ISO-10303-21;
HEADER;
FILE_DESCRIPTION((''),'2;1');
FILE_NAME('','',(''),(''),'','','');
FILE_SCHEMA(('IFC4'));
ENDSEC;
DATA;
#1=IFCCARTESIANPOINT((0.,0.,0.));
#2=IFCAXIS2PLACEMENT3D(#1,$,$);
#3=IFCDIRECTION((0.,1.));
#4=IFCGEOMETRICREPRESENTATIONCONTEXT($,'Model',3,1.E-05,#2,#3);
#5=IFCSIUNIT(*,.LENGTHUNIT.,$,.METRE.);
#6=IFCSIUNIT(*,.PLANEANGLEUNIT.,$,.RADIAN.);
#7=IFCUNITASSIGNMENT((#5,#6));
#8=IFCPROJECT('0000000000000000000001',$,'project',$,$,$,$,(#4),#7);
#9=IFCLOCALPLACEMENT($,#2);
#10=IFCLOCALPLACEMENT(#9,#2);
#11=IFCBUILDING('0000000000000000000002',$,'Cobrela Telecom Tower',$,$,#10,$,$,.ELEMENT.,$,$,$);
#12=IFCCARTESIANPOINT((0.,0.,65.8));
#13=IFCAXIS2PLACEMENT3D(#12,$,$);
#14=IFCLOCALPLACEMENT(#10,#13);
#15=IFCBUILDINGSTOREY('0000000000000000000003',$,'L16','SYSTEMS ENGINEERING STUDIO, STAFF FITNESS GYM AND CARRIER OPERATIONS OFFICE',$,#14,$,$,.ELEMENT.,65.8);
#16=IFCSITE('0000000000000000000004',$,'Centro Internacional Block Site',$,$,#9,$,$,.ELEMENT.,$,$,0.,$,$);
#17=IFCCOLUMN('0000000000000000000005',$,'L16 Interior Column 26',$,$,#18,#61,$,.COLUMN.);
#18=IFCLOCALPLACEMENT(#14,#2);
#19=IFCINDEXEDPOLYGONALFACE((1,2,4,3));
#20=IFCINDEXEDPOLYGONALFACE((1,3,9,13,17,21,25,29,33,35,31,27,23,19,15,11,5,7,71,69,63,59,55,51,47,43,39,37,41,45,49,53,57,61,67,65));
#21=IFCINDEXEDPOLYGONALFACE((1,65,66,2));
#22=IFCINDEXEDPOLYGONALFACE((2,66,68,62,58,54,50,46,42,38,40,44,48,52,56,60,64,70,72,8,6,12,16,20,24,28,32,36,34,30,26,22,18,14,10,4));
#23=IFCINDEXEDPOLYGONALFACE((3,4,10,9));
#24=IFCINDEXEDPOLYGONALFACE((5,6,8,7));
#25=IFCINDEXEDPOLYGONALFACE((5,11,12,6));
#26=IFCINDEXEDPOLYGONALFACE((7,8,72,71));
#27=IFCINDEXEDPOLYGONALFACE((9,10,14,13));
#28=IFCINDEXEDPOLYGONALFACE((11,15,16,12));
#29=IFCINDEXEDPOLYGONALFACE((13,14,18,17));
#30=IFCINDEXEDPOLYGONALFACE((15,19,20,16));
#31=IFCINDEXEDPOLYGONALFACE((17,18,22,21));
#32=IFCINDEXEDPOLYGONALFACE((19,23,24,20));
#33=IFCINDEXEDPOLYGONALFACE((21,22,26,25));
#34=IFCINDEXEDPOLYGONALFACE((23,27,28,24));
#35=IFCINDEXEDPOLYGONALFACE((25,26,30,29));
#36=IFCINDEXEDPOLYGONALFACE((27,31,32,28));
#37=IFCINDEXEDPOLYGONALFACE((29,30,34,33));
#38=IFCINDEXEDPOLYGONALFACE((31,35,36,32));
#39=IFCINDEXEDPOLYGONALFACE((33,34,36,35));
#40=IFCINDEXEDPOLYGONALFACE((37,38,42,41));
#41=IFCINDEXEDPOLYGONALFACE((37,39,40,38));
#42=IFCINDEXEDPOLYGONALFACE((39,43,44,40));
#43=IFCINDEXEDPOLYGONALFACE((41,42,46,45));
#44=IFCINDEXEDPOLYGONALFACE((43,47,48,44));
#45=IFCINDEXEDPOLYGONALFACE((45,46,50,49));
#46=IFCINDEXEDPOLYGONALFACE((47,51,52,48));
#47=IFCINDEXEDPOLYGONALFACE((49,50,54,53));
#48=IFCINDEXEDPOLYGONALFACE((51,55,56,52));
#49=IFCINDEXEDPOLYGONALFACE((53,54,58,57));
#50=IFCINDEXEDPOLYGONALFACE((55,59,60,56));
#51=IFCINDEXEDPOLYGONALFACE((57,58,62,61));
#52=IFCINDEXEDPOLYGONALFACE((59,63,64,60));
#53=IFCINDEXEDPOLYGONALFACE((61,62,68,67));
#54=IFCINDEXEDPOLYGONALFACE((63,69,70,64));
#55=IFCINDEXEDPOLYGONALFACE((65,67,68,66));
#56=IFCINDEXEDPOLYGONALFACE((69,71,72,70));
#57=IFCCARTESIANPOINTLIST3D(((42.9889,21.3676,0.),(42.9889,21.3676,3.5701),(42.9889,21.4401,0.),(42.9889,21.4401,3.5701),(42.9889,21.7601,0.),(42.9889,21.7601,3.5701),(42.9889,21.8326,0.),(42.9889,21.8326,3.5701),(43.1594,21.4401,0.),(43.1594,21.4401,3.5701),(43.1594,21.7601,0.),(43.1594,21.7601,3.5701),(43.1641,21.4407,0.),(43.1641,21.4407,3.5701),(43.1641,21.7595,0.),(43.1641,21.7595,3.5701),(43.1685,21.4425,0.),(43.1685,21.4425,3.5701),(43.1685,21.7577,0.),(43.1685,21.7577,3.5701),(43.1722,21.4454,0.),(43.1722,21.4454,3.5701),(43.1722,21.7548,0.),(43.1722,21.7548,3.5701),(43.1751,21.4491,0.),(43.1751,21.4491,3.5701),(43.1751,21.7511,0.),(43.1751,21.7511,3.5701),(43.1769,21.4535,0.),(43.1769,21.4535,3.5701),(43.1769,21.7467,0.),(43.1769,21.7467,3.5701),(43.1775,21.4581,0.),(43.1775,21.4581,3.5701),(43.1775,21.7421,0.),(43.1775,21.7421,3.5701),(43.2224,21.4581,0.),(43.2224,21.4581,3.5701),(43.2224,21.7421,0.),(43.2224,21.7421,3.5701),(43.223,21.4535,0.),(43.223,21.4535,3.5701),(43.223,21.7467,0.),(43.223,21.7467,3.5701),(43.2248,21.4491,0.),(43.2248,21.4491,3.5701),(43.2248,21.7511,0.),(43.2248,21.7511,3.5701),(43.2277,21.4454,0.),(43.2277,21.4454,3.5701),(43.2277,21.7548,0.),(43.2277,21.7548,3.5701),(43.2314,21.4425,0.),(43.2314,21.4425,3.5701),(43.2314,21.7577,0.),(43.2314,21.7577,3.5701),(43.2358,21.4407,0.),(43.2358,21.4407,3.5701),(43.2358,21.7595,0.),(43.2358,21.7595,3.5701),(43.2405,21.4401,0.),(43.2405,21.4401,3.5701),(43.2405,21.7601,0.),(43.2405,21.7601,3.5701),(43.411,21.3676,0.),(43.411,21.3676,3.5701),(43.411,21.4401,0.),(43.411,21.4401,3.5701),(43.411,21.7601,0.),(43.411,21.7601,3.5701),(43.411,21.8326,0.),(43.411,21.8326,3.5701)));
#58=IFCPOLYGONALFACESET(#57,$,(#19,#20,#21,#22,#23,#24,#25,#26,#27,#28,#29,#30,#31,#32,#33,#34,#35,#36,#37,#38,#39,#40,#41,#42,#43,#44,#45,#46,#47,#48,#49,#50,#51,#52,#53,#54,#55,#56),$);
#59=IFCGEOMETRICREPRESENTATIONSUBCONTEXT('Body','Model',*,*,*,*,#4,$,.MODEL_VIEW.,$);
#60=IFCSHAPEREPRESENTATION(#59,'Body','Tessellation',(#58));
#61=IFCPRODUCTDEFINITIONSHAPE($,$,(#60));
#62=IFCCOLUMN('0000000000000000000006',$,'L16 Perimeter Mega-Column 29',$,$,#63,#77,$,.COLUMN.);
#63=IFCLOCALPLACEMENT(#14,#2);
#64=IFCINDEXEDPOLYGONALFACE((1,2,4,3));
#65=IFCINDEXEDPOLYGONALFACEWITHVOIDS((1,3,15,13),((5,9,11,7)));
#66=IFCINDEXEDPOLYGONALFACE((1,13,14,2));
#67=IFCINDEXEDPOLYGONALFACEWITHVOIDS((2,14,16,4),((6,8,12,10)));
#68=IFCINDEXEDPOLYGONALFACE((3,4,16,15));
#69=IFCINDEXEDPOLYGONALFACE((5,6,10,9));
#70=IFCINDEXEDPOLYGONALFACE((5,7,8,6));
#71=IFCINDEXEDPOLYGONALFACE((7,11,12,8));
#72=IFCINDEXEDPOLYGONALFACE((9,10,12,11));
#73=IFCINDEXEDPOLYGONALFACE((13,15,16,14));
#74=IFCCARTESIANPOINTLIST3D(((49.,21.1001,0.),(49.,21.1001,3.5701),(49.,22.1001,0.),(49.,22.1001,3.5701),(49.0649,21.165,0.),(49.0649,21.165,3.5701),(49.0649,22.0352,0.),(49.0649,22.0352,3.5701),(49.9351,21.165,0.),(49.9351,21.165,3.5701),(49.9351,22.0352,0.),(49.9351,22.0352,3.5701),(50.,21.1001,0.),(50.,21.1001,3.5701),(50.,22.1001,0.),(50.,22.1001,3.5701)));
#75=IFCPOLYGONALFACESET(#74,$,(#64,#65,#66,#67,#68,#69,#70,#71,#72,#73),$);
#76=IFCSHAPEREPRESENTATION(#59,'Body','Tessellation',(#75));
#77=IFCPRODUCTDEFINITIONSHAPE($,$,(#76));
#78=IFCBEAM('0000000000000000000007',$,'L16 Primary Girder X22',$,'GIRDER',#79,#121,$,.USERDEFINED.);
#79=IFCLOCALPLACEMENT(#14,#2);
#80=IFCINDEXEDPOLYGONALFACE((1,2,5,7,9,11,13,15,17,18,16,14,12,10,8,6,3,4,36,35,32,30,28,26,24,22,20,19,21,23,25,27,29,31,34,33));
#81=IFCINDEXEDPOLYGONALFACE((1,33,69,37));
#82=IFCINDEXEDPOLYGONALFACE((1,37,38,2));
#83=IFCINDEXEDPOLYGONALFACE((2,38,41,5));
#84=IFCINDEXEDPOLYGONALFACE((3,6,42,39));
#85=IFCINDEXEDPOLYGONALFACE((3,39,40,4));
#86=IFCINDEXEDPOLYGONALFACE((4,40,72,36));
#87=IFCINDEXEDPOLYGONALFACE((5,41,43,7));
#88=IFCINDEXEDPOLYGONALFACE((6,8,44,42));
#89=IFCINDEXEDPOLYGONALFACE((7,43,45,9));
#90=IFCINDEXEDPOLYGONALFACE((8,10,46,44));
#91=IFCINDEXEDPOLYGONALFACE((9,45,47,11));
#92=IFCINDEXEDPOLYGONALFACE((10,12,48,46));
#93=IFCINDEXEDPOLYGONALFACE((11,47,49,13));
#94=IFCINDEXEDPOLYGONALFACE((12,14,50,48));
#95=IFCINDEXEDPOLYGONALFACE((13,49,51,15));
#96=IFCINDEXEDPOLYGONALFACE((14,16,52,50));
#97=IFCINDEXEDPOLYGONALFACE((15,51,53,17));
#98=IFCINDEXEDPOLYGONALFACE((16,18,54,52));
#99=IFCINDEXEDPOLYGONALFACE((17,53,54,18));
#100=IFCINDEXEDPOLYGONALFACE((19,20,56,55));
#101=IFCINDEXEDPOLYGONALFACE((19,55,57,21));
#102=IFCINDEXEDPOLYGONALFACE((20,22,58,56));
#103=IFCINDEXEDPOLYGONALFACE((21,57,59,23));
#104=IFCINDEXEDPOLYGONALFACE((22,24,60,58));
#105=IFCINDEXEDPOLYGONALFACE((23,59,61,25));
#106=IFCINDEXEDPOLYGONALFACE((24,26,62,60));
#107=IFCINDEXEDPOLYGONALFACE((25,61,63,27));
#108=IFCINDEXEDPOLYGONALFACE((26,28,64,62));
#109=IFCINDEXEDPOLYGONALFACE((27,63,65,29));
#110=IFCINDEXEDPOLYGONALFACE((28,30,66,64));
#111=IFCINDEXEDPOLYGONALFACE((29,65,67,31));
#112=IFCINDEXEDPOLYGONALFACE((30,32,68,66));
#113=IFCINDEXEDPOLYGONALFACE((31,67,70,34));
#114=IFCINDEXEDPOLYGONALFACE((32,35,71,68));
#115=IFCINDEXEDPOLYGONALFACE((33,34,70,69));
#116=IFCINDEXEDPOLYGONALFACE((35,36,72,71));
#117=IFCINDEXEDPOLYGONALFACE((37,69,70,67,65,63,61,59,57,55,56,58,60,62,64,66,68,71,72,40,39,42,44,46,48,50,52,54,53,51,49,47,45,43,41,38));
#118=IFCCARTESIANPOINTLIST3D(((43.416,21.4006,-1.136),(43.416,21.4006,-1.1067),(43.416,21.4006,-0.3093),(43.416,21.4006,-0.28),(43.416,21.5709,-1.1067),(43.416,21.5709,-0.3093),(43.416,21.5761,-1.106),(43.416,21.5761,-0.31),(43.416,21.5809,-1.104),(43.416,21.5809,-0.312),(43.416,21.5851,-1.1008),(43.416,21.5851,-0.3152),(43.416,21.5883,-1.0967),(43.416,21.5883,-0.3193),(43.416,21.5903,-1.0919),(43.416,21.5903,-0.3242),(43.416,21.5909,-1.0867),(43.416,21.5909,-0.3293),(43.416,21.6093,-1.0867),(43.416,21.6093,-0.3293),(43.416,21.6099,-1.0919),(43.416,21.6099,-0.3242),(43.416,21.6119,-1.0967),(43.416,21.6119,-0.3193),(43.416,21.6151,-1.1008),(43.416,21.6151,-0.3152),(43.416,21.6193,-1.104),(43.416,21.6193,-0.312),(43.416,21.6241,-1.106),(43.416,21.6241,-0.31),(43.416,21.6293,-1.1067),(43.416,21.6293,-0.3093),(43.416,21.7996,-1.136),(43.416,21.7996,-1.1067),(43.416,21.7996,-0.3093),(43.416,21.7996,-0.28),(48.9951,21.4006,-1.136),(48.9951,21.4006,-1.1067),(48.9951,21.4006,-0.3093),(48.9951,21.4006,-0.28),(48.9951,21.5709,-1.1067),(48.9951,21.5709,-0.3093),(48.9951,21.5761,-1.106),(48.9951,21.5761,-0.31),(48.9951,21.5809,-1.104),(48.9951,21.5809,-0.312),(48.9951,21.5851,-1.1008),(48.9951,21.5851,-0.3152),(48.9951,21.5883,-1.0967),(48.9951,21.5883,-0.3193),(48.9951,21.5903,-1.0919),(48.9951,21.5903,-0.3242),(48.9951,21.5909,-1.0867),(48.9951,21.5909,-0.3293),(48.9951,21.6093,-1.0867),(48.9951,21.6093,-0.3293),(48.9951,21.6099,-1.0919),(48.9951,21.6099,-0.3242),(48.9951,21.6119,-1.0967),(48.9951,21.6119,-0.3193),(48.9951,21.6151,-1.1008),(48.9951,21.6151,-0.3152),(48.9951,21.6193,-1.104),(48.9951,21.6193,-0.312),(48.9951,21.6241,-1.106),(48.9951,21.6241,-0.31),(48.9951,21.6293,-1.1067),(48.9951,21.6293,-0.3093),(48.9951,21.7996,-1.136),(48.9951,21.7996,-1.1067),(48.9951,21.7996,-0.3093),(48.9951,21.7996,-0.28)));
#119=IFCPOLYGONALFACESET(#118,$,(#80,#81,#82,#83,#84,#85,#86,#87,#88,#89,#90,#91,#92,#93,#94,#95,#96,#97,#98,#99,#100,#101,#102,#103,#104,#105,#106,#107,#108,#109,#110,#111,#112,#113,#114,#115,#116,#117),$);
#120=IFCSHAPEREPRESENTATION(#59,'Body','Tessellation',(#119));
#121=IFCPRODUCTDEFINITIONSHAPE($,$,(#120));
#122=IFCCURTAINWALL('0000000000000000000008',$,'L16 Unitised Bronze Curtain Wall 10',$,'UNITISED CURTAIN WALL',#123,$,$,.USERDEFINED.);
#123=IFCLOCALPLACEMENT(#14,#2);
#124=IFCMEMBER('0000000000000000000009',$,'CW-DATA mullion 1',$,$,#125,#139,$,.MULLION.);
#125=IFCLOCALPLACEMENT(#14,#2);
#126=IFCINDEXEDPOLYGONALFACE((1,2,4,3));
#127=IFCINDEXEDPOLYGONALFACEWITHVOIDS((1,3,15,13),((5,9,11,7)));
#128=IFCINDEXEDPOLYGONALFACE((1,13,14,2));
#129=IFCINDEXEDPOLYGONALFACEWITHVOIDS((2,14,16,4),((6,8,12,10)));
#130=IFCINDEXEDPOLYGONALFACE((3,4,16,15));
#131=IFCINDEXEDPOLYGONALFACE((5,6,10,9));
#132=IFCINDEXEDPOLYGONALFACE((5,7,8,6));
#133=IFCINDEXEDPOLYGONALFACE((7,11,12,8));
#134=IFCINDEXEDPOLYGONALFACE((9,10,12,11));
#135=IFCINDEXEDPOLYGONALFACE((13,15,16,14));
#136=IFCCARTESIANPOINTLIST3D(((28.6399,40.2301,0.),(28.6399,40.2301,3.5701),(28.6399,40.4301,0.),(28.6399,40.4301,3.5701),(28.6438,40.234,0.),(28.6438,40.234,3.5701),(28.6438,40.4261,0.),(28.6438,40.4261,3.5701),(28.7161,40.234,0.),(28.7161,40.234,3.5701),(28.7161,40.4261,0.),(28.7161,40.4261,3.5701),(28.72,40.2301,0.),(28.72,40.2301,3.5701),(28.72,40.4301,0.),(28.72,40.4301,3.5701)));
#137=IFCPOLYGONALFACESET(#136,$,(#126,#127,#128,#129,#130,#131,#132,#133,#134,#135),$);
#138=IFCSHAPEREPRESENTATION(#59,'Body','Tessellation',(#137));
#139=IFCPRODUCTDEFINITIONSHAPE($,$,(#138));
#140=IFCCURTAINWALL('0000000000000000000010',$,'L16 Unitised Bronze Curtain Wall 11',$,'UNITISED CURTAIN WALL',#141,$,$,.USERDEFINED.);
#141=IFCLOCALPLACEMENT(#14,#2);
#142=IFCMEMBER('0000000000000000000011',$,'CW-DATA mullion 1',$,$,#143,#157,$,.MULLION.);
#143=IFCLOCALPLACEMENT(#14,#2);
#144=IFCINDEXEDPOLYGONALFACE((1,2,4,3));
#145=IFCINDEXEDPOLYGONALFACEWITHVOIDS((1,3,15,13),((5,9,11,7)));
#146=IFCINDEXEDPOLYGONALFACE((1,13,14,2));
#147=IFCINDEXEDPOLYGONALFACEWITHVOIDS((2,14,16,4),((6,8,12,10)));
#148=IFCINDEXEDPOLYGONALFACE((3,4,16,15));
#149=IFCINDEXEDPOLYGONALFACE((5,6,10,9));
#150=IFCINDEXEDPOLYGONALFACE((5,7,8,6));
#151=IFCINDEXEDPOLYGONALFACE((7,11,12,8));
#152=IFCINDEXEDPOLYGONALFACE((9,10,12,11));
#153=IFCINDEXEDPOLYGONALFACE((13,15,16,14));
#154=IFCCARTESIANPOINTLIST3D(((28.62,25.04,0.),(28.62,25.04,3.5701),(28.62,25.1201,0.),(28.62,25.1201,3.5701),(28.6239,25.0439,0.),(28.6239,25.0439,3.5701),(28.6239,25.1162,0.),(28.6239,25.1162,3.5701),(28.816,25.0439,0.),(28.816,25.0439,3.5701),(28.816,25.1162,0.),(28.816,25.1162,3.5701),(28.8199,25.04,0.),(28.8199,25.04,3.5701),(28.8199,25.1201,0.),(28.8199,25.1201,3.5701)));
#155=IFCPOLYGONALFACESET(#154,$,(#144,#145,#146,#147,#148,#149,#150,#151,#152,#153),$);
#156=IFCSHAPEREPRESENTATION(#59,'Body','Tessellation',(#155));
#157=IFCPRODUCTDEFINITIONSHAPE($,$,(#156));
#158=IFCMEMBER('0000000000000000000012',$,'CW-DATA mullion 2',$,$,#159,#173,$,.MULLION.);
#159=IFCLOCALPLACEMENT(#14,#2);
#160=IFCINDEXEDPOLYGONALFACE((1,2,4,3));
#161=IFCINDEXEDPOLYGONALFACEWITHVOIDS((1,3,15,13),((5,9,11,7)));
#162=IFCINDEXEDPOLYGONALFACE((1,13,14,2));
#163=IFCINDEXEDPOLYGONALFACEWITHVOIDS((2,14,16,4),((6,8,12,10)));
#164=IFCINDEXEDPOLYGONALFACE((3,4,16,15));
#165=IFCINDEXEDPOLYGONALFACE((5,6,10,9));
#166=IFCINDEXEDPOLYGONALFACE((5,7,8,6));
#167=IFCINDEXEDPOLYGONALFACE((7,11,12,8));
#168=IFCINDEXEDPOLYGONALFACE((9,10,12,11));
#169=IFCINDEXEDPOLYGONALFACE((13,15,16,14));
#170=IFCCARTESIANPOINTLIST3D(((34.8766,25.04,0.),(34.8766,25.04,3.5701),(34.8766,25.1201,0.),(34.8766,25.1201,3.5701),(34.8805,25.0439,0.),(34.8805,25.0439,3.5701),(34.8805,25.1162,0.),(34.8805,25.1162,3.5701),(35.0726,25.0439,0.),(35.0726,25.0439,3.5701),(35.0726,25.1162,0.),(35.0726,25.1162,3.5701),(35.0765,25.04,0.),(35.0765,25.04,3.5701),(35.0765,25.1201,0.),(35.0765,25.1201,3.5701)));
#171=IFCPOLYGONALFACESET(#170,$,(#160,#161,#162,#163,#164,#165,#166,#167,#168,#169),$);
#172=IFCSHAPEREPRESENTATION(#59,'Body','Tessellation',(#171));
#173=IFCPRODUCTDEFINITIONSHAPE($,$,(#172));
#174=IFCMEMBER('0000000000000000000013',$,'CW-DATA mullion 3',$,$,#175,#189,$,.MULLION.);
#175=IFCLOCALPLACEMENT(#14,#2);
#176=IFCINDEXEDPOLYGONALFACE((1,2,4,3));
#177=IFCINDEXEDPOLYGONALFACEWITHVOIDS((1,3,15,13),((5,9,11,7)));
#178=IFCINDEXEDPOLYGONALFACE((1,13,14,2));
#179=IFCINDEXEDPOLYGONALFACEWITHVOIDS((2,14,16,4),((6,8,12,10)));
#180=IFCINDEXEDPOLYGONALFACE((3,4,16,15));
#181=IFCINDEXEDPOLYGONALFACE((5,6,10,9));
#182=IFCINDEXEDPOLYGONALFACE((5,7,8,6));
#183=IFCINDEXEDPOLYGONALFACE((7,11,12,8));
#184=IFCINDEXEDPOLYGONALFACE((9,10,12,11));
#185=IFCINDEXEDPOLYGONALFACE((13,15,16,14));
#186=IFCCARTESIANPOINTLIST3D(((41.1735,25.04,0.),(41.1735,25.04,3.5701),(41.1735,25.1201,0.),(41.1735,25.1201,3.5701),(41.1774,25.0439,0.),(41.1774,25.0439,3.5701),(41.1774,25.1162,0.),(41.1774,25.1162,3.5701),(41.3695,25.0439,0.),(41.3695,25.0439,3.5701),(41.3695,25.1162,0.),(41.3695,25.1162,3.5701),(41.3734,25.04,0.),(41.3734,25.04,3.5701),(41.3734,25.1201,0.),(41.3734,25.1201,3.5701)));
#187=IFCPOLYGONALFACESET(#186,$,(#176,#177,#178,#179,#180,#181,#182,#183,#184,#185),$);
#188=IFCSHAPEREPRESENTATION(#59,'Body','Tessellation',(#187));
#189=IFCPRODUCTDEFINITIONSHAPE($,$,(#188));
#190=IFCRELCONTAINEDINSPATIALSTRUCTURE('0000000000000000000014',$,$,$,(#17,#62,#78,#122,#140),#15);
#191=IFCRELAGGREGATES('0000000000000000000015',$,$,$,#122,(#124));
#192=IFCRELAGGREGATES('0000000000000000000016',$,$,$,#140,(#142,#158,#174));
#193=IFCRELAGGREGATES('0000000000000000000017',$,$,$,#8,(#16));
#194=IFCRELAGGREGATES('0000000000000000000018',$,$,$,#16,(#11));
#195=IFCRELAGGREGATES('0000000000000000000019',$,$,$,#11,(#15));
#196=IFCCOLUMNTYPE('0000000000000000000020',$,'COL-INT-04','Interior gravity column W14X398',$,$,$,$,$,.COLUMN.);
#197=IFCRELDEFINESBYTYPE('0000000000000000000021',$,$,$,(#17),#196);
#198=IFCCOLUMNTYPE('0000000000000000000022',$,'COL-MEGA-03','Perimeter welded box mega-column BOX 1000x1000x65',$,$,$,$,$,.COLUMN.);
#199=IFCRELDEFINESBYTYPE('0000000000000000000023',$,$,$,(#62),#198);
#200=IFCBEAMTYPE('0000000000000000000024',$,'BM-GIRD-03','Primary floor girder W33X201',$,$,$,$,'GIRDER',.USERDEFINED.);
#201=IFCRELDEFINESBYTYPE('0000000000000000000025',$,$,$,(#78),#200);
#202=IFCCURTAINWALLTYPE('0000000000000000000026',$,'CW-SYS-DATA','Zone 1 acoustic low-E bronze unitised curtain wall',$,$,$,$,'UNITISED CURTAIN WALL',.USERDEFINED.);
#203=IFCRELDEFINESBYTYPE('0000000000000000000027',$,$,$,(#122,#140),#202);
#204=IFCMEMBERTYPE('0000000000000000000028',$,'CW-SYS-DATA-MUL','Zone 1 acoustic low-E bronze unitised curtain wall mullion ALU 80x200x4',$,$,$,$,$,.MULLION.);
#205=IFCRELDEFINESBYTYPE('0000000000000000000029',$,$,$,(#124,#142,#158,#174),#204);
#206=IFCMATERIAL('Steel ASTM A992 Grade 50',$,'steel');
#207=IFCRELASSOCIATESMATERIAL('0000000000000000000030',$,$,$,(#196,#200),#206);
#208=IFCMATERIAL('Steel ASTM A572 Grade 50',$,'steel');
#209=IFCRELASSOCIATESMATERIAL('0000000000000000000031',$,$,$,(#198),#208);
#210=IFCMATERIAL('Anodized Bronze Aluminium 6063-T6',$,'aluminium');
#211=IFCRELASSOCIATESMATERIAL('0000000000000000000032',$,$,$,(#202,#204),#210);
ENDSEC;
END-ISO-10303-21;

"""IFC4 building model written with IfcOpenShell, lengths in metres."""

from ifc_helpers import new_model, si_unit, direction, frame, origin, origin_2d, place, context, subcontext, project, spatial, hollow_rectangle, i_section, extrude, material, material_profile, profile_set, type_object, element, aggregate, save


model = new_model("IFC4")

# Units and contexts
model_context = context("Model", 3, precision=1e-05, world=origin(), true_north=direction((0.0, 1.0)))
body_context = subcontext(model_context, "Body", "Model", "MODEL_VIEW")
ifc_project = project(units=[si_unit("LENGTHUNIT", "METRE"), si_unit("PLANEANGLEUNIT", "RADIAN")], contexts=[model_context])

# Site, building, storey
site_placement = place(None, origin())
site = spatial("IfcSite", under=ifc_project, at=site_placement, Name="Centro Internacional Block Site", CompositionType="ELEMENT", RefElevation=0.0)
building_placement = place(site_placement, origin())
building = spatial("IfcBuilding", under=site, at=building_placement, Name="Cobrela Telecom Tower", CompositionType="ELEMENT")
storey_placement = place(building_placement, frame((0.0, 0.0, 65.8)))
storey = spatial("IfcBuildingStorey", under=building, at=storey_placement, Name="L16", Description="SYSTEMS ENGINEERING STUDIO, STAFF FITNESS GYM AND CARRIER OPERATIONS OFFICE", CompositionType="ELEMENT", Elevation=65.8)

# Columns
ifc_material_1 = material(Name="Steel ASTM A992 Grade 50", Category="steel")
ifc_material_profile_1 = material_profile(ifc_material_1, i_section(OverallWidth=0.4221, OverallDepth=0.4651, WebThickness=0.0449, FlangeThickness=0.0725, FilletRadius=0.0181, at=origin_2d()), Name="W14X398")
ifc_profile_set_1 = profile_set([ifc_material_profile_1], Name="Steel ASTM A992 Grade 50")
column_type_1 = type_object("IfcColumnType", Name="COL-INT-04", Description="Interior gravity column W14X398", PredefinedType="COLUMN", material=ifc_profile_set_1)
column_1_placement = place(storey_placement, frame((43.2, 21.6001, 0.0), z_axis=(0.0, 0.0, 1.0), x_axis=(1.0, 0.0, 0.0)))
element("IfcColumn", 1, at=column_1_placement, inside=storey, type_object=column_type_1, Name="L16 Interior Column 26", PredefinedType="COLUMN", context=body_context, shape_type="SweptSolid", body=[
    extrude(i_section(OverallWidth=0.4221, OverallDepth=0.4651, WebThickness=0.0449, FlangeThickness=0.0725, FilletRadius=0.0181, at=origin_2d()), origin(), (0.0, 0.0, 1.0), 3.5701),
])
ifc_material_2 = material(Name="Steel ASTM A572 Grade 50", Category="steel")
ifc_material_profile_2 = material_profile(ifc_material_2, hollow_rectangle(XDim=1.0, YDim=1.0, WallThickness=0.0649, at=origin_2d()), Name="BOX 1000x1000x65")
ifc_profile_set_2 = profile_set([ifc_material_profile_2], Name="Steel ASTM A572 Grade 50")
column_type_2 = type_object("IfcColumnType", Name="COL-MEGA-03", Description="Perimeter welded box mega-column BOX 1000x1000x65", PredefinedType="COLUMN", material=ifc_profile_set_2)
column_2_placement = place(storey_placement, frame((49.5, 21.6001, 0.0), z_axis=(0.0, 0.0, 1.0), x_axis=(1.0, 0.0, 0.0)))
element("IfcColumn", 2, at=column_2_placement, inside=storey, type_object=column_type_2, Name="L16 Perimeter Mega-Column 29", PredefinedType="COLUMN", context=body_context, shape_type="SweptSolid", body=[
    extrude(hollow_rectangle(XDim=1.0, YDim=1.0, WallThickness=0.0649, at=origin_2d()), origin(), (0.0, 0.0, 1.0), 3.5701),
])

# Beam
ifc_material_profile_3 = material_profile(ifc_material_1, i_section(OverallWidth=0.3989, OverallDepth=0.856, WebThickness=0.0183, FlangeThickness=0.0293, FilletRadius=0.02, at=origin_2d()), Name="W33X201")
ifc_profile_set_3 = profile_set([ifc_material_profile_3], Name="Steel ASTM A992 Grade 50")
beam_type = type_object("IfcBeamType", Name="BM-GIRD-03", Description="Primary floor girder W33X201", ElementType="GIRDER", PredefinedType="USERDEFINED", material=ifc_profile_set_3)
beam_placement = place(storey_placement, frame((43.416, 21.6001, -0.708), z_axis=(1.0, 0.0, 0.0), x_axis=(0.0, 1.0, 0.0)))
element("IfcBeam", 3, at=beam_placement, inside=storey, type_object=beam_type, Name="L16 Primary Girder X22", ObjectType="GIRDER", PredefinedType="USERDEFINED", context=body_context, shape_type="SweptSolid", body=[
    extrude(i_section(OverallWidth=0.3989, OverallDepth=0.856, WebThickness=0.0183, FlangeThickness=0.0293, FilletRadius=0.02, at=origin_2d()), origin(), (0.0, 0.0, 1.0), 5.5791),
])

# Curtain wall, member
ifc_material_3 = material(Name="Anodized Bronze Aluminium 6063-T6", Category="aluminium")
curtain_wall_type = type_object("IfcCurtainWallType", Name="CW-SYS-DATA", Description="Zone 1 acoustic low-E bronze unitised curtain wall", ElementType="UNITISED CURTAIN WALL", PredefinedType="USERDEFINED", material=ifc_material_3)
curtain_wall_1_placement = place(storey_placement, origin())
curtain_wall_1 = element("IfcCurtainWall", 4, at=curtain_wall_1_placement, inside=storey, type_object=curtain_wall_type, Name="L16 Unitised Bronze Curtain Wall 10", ObjectType="UNITISED CURTAIN WALL", PredefinedType="USERDEFINED")
ifc_material_profile_4 = material_profile(ifc_material_3, hollow_rectangle(XDim=0.0801, YDim=0.2, WallThickness=0.0039, at=origin_2d()), Name="ALU 80x200x4")
ifc_profile_set_4 = profile_set([ifc_material_profile_4], Name="Anodized Bronze Aluminium 6063-T6")
member_type_1 = type_object("IfcMemberType", Name="CW-SYS-DATA-MUL", Description="Zone 1 acoustic low-E bronze unitised curtain wall mullion ALU 80x200x4", PredefinedType="MULLION", material=ifc_profile_set_4)
member_1_placement = place(storey_placement, frame((28.6799, 40.3301, 0.0), z_axis=(0.0, 0.0, 1.0), x_axis=(1.0, 0.0, 0.0)))
member_1 = element("IfcMember", 5, at=member_1_placement, type_object=member_type_1, Name="CW-DATA mullion 1", PredefinedType="MULLION", context=body_context, shape_type="SweptSolid", body=[
    extrude(hollow_rectangle(XDim=0.0801, YDim=0.2, WallThickness=0.0039, at=origin_2d()), origin(), (0.0, 0.0, 1.0), 3.5701),
])
aggregate(curtain_wall_1, [member_1])

# Curtain wall, members
curtain_wall_2_placement = place(storey_placement, origin())
curtain_wall_2 = element("IfcCurtainWall", 6, at=curtain_wall_2_placement, inside=storey, type_object=curtain_wall_type, Name="L16 Unitised Bronze Curtain Wall 11", ObjectType="UNITISED CURTAIN WALL", PredefinedType="USERDEFINED")
member_2_placement = place(storey_placement, frame((28.72, 25.0801, 0.0), z_axis=(0.0, 0.0, 1.0), x_axis=(0.0, 1.0, 0.0)))
member_2 = element("IfcMember", 7, at=member_2_placement, type_object=member_type_1, Name="CW-DATA mullion 1", PredefinedType="MULLION", context=body_context, shape_type="SweptSolid", body=[
    extrude(hollow_rectangle(XDim=0.0801, YDim=0.2, WallThickness=0.0039, at=origin_2d()), origin(), (0.0, 0.0, 1.0), 3.5701),
])
member_3_placement = place(storey_placement, frame((34.9766, 25.0801, 0.0), z_axis=(0.0, 0.0, 1.0), x_axis=(0.0, 1.0, 0.0)))
member_3 = element("IfcMember", 8, at=member_3_placement, type_object=member_type_1, Name="CW-DATA mullion 2", PredefinedType="MULLION", context=body_context, shape_type="SweptSolid", body=[
    extrude(hollow_rectangle(XDim=0.0801, YDim=0.2, WallThickness=0.0039, at=origin_2d()), origin(), (0.0, 0.0, 1.0), 3.5701),
])
member_4_placement = place(storey_placement, frame((41.2734, 25.0801, 0.0), z_axis=(0.0, 0.0, 1.0), x_axis=(0.0, 1.0, 0.0)))
member_4 = element("IfcMember", 9, at=member_4_placement, type_object=member_type_1, Name="CW-DATA mullion 3", PredefinedType="MULLION", context=body_context, shape_type="SweptSolid", body=[
    extrude(hollow_rectangle(XDim=0.0801, YDim=0.2, WallThickness=0.0039, at=origin_2d()), origin(), (0.0, 0.0, 1.0), 3.5701),
])

aggregate(curtain_wall_2, [member_2, member_3, member_4])

save(model, "model.ifc")
